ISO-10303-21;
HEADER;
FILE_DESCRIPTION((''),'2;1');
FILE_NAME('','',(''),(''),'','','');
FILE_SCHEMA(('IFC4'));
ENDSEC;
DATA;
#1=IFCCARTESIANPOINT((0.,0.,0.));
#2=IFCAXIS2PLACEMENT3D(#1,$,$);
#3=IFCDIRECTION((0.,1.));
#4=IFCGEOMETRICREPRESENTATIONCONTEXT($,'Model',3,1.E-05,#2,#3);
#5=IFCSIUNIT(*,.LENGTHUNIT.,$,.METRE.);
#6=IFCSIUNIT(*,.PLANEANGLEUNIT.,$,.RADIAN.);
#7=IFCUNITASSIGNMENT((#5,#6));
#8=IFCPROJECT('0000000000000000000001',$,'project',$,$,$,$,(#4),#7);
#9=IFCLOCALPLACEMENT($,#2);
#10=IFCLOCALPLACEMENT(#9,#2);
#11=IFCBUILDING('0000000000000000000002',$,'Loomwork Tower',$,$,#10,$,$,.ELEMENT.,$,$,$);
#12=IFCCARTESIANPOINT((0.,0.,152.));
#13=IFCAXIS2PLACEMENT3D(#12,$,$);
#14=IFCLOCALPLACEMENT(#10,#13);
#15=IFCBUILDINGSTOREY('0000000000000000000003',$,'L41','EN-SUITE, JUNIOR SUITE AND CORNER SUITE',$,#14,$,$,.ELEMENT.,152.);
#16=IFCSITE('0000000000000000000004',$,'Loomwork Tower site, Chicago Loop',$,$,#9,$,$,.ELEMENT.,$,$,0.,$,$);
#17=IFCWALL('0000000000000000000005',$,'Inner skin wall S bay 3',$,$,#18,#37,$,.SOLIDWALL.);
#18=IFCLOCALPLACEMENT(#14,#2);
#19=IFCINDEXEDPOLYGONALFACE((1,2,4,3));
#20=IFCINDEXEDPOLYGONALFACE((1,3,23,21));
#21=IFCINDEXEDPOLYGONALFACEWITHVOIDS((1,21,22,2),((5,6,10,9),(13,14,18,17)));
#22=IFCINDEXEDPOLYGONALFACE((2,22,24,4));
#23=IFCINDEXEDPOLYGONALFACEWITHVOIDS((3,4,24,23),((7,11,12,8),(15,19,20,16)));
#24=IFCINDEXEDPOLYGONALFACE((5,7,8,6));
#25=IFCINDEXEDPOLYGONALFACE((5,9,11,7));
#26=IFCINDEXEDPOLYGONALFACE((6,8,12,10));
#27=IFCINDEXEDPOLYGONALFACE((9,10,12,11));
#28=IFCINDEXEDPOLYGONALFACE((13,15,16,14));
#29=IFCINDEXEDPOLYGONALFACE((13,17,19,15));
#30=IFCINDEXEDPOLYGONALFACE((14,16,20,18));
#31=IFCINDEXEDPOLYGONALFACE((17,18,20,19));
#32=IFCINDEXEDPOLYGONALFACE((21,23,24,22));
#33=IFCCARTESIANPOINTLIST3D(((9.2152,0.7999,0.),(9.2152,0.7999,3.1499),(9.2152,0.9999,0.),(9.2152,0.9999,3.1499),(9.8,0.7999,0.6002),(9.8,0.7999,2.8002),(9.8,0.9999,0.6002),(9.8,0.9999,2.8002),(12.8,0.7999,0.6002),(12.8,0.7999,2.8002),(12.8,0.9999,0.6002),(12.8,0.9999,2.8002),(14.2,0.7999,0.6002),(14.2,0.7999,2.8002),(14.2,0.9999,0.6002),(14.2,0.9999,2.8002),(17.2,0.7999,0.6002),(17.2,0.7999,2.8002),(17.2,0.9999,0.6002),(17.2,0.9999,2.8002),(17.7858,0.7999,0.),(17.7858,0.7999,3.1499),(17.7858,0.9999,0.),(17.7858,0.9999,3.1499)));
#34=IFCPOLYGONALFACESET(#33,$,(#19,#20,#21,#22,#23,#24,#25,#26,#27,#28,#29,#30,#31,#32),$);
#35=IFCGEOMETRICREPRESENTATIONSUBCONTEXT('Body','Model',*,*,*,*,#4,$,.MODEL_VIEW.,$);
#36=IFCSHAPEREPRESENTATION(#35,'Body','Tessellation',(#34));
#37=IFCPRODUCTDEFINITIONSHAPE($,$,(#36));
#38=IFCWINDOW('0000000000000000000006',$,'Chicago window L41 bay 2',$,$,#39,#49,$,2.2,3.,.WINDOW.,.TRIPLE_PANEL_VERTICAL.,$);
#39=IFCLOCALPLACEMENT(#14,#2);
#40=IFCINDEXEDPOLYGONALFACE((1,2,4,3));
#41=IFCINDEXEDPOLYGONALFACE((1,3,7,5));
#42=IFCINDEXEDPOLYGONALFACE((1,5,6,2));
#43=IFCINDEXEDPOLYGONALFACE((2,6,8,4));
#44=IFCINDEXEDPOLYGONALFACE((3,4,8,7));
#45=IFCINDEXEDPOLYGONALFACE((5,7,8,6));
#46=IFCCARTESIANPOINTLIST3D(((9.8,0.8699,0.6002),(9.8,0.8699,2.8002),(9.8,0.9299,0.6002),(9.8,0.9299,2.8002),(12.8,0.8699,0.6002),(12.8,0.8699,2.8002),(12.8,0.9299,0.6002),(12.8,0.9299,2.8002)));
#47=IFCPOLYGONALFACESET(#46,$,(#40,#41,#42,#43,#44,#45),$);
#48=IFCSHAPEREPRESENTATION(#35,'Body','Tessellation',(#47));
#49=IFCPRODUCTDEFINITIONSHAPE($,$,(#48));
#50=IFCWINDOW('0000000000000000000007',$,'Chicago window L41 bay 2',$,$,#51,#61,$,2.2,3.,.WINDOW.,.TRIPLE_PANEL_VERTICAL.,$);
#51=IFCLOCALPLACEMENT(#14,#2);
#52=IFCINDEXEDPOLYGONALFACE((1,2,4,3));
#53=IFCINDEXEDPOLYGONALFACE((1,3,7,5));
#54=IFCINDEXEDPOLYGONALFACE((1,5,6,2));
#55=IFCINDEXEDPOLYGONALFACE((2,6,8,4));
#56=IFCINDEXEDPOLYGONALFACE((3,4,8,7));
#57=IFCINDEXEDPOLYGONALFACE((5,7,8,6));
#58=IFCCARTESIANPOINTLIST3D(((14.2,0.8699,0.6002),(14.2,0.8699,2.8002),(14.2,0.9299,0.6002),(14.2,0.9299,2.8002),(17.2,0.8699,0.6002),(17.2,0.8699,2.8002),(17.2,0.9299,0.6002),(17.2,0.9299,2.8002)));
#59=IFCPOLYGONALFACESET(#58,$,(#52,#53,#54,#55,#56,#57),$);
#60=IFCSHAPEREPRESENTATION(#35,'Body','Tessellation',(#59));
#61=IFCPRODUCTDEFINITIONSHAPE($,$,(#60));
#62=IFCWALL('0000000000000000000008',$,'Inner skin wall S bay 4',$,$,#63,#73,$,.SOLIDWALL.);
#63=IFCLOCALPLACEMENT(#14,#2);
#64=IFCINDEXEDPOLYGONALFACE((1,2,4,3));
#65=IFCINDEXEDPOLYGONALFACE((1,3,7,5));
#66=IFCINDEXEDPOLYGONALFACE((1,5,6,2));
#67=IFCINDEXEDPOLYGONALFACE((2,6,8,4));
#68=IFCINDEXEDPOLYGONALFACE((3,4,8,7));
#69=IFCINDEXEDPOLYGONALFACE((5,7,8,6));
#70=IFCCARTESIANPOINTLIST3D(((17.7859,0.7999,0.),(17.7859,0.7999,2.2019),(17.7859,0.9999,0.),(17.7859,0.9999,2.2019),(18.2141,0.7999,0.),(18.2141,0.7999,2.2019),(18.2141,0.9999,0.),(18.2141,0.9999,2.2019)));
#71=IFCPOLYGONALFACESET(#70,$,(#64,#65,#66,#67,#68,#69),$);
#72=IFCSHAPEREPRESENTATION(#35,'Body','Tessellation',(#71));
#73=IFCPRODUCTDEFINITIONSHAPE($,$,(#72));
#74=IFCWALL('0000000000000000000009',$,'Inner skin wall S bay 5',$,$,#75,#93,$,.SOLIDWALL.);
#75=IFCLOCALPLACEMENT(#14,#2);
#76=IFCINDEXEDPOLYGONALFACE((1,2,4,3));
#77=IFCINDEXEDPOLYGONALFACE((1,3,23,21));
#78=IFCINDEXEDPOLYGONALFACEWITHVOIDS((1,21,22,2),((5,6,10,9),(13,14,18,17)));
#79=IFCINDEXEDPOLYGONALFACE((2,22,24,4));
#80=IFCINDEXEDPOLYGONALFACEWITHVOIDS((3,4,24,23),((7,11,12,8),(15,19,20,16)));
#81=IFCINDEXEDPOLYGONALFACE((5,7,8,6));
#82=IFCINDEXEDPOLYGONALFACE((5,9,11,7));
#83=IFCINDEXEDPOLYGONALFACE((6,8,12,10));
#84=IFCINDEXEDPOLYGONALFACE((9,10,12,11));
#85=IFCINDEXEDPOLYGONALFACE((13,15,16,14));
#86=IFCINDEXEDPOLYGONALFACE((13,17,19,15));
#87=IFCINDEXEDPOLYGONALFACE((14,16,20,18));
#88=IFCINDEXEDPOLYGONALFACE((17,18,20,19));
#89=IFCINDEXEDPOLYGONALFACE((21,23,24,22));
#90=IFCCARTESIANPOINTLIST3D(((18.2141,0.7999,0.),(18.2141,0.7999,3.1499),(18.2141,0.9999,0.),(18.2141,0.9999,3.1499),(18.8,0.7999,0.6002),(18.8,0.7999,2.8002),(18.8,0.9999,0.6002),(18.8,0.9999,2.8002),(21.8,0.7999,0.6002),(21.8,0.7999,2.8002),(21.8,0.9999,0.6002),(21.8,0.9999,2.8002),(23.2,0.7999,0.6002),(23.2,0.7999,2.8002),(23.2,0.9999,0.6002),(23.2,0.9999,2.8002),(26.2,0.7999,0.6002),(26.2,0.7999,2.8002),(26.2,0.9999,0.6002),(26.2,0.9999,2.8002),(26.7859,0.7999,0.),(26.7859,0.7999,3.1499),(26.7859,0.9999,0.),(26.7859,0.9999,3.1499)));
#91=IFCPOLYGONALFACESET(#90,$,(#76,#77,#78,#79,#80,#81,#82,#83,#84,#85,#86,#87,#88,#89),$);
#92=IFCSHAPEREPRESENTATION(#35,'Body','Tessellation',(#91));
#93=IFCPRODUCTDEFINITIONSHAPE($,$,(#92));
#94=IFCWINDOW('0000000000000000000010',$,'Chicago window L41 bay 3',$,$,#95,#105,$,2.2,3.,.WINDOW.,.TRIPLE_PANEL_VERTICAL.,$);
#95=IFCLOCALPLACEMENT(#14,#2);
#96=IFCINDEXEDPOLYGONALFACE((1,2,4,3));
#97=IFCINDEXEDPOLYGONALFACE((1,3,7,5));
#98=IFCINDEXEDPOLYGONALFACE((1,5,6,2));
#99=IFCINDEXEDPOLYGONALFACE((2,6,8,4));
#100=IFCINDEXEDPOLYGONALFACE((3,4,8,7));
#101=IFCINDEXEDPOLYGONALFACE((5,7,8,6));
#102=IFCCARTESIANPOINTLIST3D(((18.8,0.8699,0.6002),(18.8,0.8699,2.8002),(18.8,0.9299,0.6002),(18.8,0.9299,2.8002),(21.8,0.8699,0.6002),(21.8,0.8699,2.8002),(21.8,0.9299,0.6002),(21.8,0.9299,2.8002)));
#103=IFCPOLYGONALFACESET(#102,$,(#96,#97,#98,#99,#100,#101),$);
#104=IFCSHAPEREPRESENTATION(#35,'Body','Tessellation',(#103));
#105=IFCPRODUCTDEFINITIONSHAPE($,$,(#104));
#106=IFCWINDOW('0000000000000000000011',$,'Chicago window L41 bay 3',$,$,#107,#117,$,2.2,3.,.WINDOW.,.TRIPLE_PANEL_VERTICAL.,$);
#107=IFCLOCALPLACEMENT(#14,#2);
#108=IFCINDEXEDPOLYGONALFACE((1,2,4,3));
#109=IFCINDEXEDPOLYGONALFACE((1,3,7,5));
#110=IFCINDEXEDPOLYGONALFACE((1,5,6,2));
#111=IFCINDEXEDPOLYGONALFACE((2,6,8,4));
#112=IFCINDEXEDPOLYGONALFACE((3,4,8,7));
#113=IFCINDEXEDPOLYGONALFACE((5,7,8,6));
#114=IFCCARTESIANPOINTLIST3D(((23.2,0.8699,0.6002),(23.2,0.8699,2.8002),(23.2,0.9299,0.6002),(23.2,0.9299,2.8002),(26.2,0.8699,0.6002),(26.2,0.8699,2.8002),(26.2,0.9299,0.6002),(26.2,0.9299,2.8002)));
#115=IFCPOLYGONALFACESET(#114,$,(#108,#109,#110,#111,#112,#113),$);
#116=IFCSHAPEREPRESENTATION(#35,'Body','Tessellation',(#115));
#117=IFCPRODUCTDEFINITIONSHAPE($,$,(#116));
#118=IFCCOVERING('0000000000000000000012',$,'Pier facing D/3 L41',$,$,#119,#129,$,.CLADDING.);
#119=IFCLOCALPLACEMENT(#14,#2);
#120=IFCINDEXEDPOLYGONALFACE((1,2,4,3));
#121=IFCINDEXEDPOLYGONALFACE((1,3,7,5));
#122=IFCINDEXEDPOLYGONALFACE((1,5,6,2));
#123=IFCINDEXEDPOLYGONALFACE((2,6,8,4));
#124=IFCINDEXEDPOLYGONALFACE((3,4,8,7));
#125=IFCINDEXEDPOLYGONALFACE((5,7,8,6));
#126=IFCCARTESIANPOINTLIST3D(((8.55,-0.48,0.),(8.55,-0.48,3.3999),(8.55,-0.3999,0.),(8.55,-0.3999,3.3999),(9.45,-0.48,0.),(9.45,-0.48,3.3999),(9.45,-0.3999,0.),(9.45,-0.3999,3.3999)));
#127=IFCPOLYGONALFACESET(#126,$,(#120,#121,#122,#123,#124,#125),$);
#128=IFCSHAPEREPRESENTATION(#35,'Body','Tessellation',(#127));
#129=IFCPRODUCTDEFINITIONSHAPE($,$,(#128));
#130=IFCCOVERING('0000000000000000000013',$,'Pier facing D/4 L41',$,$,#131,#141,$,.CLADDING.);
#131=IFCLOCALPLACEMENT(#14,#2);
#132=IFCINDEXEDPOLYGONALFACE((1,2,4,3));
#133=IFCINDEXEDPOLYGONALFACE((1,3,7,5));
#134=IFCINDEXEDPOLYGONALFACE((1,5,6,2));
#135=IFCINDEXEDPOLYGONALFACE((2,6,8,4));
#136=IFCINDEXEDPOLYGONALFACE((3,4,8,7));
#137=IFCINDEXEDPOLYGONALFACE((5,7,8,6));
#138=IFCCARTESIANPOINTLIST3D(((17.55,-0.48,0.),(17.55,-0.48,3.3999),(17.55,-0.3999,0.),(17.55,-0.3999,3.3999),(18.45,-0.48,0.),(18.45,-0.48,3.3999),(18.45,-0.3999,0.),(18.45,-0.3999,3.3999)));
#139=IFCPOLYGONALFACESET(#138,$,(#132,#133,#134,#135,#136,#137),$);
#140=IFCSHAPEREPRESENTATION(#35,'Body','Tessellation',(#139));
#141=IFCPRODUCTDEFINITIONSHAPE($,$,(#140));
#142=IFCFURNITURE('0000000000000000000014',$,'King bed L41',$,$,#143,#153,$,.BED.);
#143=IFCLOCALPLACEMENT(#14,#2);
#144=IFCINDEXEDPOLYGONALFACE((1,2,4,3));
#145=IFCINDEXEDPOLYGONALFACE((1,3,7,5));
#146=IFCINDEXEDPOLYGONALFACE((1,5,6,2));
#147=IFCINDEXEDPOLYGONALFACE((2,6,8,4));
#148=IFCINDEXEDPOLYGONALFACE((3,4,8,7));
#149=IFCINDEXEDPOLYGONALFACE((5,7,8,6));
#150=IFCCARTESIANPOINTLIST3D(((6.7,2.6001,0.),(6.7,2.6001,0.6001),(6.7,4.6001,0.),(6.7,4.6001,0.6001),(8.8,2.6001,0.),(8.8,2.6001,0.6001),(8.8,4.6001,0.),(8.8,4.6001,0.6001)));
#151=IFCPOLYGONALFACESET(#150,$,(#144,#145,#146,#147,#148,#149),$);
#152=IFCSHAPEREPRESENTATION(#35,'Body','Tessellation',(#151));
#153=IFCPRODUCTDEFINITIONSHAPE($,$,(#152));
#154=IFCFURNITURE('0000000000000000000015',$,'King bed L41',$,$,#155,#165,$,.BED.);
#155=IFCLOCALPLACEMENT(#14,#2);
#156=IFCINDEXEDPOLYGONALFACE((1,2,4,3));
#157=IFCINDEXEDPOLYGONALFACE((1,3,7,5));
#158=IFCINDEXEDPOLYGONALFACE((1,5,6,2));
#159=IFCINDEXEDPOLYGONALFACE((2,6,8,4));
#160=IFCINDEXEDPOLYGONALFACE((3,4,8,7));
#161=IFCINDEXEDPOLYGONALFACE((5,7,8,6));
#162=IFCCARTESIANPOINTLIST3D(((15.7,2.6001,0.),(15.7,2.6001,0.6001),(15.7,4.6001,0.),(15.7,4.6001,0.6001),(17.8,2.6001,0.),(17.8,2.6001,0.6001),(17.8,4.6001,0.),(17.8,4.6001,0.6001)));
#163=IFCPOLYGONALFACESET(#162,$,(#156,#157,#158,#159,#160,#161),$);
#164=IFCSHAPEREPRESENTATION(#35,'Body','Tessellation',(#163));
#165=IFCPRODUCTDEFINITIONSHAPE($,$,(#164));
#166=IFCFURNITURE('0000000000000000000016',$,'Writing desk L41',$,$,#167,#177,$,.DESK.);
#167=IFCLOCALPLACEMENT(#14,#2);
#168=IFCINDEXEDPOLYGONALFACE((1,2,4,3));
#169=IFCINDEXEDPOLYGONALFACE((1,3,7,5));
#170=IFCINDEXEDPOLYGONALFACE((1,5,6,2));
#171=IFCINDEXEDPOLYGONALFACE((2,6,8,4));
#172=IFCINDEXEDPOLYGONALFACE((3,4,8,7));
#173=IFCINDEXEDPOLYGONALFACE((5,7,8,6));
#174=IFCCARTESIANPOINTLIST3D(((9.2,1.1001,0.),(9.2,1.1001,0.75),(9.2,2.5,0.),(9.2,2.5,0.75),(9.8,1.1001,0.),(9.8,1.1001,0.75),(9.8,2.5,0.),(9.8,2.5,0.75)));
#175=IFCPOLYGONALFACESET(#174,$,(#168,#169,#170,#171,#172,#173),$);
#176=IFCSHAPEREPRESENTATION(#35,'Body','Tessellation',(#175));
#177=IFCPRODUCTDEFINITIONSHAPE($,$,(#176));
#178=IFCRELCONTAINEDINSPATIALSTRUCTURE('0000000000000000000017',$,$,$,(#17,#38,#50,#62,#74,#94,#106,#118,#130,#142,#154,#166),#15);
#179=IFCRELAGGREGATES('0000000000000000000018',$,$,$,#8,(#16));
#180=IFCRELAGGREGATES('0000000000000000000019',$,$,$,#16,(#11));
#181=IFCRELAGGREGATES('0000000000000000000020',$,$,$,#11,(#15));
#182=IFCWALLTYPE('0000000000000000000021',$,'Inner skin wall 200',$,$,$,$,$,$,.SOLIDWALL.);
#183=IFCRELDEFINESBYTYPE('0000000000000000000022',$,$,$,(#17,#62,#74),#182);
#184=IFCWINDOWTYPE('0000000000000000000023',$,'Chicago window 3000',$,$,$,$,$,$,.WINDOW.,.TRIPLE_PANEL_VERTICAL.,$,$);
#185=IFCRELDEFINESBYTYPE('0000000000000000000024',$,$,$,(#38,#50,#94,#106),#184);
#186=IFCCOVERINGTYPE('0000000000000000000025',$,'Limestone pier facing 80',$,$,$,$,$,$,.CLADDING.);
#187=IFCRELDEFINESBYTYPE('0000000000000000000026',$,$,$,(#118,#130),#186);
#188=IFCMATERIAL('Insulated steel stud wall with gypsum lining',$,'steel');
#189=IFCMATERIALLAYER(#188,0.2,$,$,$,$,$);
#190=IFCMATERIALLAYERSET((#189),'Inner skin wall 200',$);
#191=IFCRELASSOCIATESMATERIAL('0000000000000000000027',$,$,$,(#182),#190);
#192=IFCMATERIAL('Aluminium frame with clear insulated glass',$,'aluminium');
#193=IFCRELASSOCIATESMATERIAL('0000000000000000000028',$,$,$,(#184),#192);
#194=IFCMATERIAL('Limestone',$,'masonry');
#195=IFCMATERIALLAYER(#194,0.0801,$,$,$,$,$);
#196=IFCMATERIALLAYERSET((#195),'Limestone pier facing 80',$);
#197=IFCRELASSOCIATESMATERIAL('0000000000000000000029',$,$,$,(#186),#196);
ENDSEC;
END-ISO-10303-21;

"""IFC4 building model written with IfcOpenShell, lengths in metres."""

from ifc_helpers import new_model, si_unit, direction, frame, frame_2d, origin, origin_2d, place, context, subcontext, project, spatial, rectangle, extrude, material, layer, layer_set, type_object, element, fill, save


model = new_model("IFC4")

# Units and contexts
model_context = context("Model", 3, precision=1e-05, world=origin(), true_north=direction((0.0, 1.0)))
body_context = subcontext(model_context, "Body", "Model", "MODEL_VIEW")
ifc_project = project(units=[si_unit("LENGTHUNIT", "METRE"), si_unit("PLANEANGLEUNIT", "RADIAN")], contexts=[model_context])

# Site, building, storey
site_placement = place(None, origin())
site = spatial("IfcSite", under=ifc_project, at=site_placement, Name="Loomwork Tower site, Chicago Loop", CompositionType="ELEMENT", RefElevation=0.0)
building_placement = place(site_placement, origin())
building = spatial("IfcBuilding", under=site, at=building_placement, Name="Loomwork Tower", CompositionType="ELEMENT")
storey_placement = place(building_placement, frame((0.0, 0.0, 152.0)))
storey = spatial("IfcBuildingStorey", under=building, at=storey_placement, Name="L41", Description="EN-SUITE, JUNIOR SUITE AND CORNER SUITE", CompositionType="ELEMENT", Elevation=152.0)

# Shared definitions
ifc_material_1 = material(Name="Insulated steel stud wall with gypsum lining", Category="steel")
ifc_layer_1 = layer(ifc_material_1, 0.2)
ifc_layer_set_1 = layer_set([ifc_layer_1], Name="Inner skin wall 200")
wall_type_1 = type_object("IfcWallType", Name="Inner skin wall 200", PredefinedType="SOLIDWALL", material=ifc_layer_set_1)

# Wall, openings, windows
wall_1_placement = place(storey_placement, frame((9.2153, 0.8999, 0.0), z_axis=(0.0, 0.0, 1.0), x_axis=(1.0, 0.0, 0.0)))
wall_1 = element("IfcWall", 1, at=wall_1_placement, inside=storey, type_object=wall_type_1, Name="Inner skin wall S bay 3", PredefinedType="SOLIDWALL", context=body_context, shape_type="SweptSolid", body=[
    extrude(rectangle(XDim=8.5706, YDim=0.2, at=frame_2d((4.2852, 0.0))), origin(), (0.0, 0.0, 1.0), 3.1499),
])
opening_1_placement = place(wall_1_placement, frame((0.5847, 0.0, 0.6001)))
opening_1 = element("IfcOpeningElement", 2, at=opening_1_placement, cuts=wall_1, PredefinedType="OPENING", context=body_context, shape_type="SweptSolid", body=[
    extrude(rectangle(XDim=3.0, YDim=2.2, at=frame_2d((1.5, 1.1001))), frame((0.0, 0.1099, 0.0), z_axis=(0.0, -1.0, 0.0), x_axis=(1.0, 0.0, 0.0)), (0.0, 0.0, 1.0), 0.22),
])
opening_2_placement = place(wall_1_placement, frame((4.9846, 0.0, 0.6001)))
opening_2 = element("IfcOpeningElement", 3, at=opening_2_placement, cuts=wall_1, PredefinedType="OPENING", context=body_context, shape_type="SweptSolid", body=[
    extrude(rectangle(XDim=3.0, YDim=2.2, at=frame_2d((1.5, 1.1001))), frame((0.0, 0.1099, 0.0), z_axis=(0.0, -1.0, 0.0), x_axis=(1.0, 0.0, 0.0)), (0.0, 0.0, 1.0), 0.22),
])
ifc_material_2 = material(Name="Aluminium frame with clear insulated glass", Category="aluminium")
window_type = type_object("IfcWindowType", Name="Chicago window 3000", PartitioningType="TRIPLE_PANEL_VERTICAL", PredefinedType="WINDOW", material=ifc_material_2)
window_1_placement = place(opening_1_placement, origin())
window_1 = element("IfcWindow", 4, at=window_1_placement, inside=storey, type_object=window_type, Name="Chicago window L41 bay 2", OverallHeight=2.2, OverallWidth=3.0, PartitioningType="TRIPLE_PANEL_VERTICAL", PredefinedType="WINDOW", context=body_context, shape_type="SweptSolid", body=[
    extrude(rectangle(XDim=3.0, YDim=2.2, at=frame_2d((1.5, 1.1001))), frame((0.0, 0.03, 0.0), z_axis=(0.0, -1.0, 0.0), x_axis=(1.0, 0.0, 0.0)), (0.0, 0.0, 1.0), 0.0601),
])
fill(opening_1, window_1)
window_2_placement = place(opening_2_placement, origin())
window_2 = element("IfcWindow", 5, at=window_2_placement, inside=storey, type_object=window_type, Name="Chicago window L41 bay 2", OverallHeight=2.2, OverallWidth=3.0, PartitioningType="TRIPLE_PANEL_VERTICAL", PredefinedType="WINDOW", context=body_context, shape_type="SweptSolid", body=[
    extrude(rectangle(XDim=3.0, YDim=2.2, at=frame_2d((1.5, 1.1001))), frame((0.0, 0.03, 0.0), z_axis=(0.0, -1.0, 0.0), x_axis=(1.0, 0.0, 0.0)), (0.0, 0.0, 1.0), 0.0601),
])
fill(opening_2, window_2)

# Wall
wall_2_placement = place(storey_placement, frame((17.7859, 0.8999, 0.0), z_axis=(0.0, 0.0, 1.0), x_axis=(1.0, 0.0, 0.0)))
element("IfcWall", 6, at=wall_2_placement, inside=storey, type_object=wall_type_1, Name="Inner skin wall S bay 4", PredefinedType="SOLIDWALL", context=body_context, shape_type="SweptSolid", body=[
    extrude(rectangle(XDim=0.4282, YDim=0.2, at=frame_2d((0.2141, 0.0))), origin(), (0.0, 0.0, 1.0), 2.2019),
])

# Wall, openings, windows
wall_3_placement = place(storey_placement, frame((18.2141, 0.8999, 0.0), z_axis=(0.0, 0.0, 1.0), x_axis=(1.0, 0.0, 0.0)))
wall_3 = element("IfcWall", 7, at=wall_3_placement, inside=storey, type_object=wall_type_1, Name="Inner skin wall S bay 5", PredefinedType="SOLIDWALL", context=body_context, shape_type="SweptSolid", body=[
    extrude(rectangle(XDim=8.5718, YDim=0.2, at=frame_2d((4.2859, 0.0))), origin(), (0.0, 0.0, 1.0), 3.1499),
])
opening_3_placement = place(wall_3_placement, frame((0.5859, 0.0, 0.6001)))
opening_3 = element("IfcOpeningElement", 8, at=opening_3_placement, cuts=wall_3, PredefinedType="OPENING", context=body_context, shape_type="SweptSolid", body=[
    extrude(rectangle(XDim=3.0, YDim=2.2, at=frame_2d((1.5, 1.1001))), frame((0.0, 0.1099, 0.0), z_axis=(0.0, -1.0, 0.0), x_axis=(1.0, 0.0, 0.0)), (0.0, 0.0, 1.0), 0.22),
])
opening_4_placement = place(wall_3_placement, frame((4.9858, 0.0, 0.6001)))
opening_4 = element("IfcOpeningElement", 9, at=opening_4_placement, cuts=wall_3, PredefinedType="OPENING", context=body_context, shape_type="SweptSolid", body=[
    extrude(rectangle(XDim=3.0, YDim=2.2, at=frame_2d((1.5, 1.1001))), frame((0.0, 0.1099, 0.0), z_axis=(0.0, -1.0, 0.0), x_axis=(1.0, 0.0, 0.0)), (0.0, 0.0, 1.0), 0.22),
])
window_3_placement = place(opening_3_placement, origin())
window_3 = element("IfcWindow", 10, at=window_3_placement, inside=storey, type_object=window_type, Name="Chicago window L41 bay 3", OverallHeight=2.2, OverallWidth=3.0, PartitioningType="TRIPLE_PANEL_VERTICAL", PredefinedType="WINDOW", context=body_context, shape_type="SweptSolid", body=[
    extrude(rectangle(XDim=3.0, YDim=2.2, at=frame_2d((1.5, 1.1001))), frame((0.0, 0.03, 0.0), z_axis=(0.0, -1.0, 0.0), x_axis=(1.0, 0.0, 0.0)), (0.0, 0.0, 1.0), 0.0601),
])
fill(opening_3, window_3)
window_4_placement = place(opening_4_placement, origin())
window_4 = element("IfcWindow", 11, at=window_4_placement, inside=storey, type_object=window_type, Name="Chicago window L41 bay 3", OverallHeight=2.2, OverallWidth=3.0, PartitioningType="TRIPLE_PANEL_VERTICAL", PredefinedType="WINDOW", context=body_context, shape_type="SweptSolid", body=[
    extrude(rectangle(XDim=3.0, YDim=2.2, at=frame_2d((1.5, 1.1001))), frame((0.0, 0.03, 0.0), z_axis=(0.0, -1.0, 0.0), x_axis=(1.0, 0.0, 0.0)), (0.0, 0.0, 1.0), 0.0601),
])
fill(opening_4, window_4)

# Coverings
ifc_material_3 = material(Name="Limestone", Category="masonry")
ifc_layer_2 = layer(ifc_material_3, 0.0801)
ifc_layer_set_2 = layer_set([ifc_layer_2], Name="Limestone pier facing 80")
covering_type = type_object("IfcCoveringType", Name="Limestone pier facing 80", PredefinedType="CLADDING", material=ifc_layer_set_2)
for number, where, z_axis, x_axis, name in (
    (12, (9.0, -0.4399, 0.0), (0.0, 0.0, 1.0), (1.0, 0.0, 0.0), "Pier facing D/3 L41"),
    (13, (18.0, -0.4399, 0.0), (0.0, 0.0, 1.0), (1.0, 0.0, 0.0), "Pier facing D/4 L41"),
):
    element("IfcCovering", number, at=place(storey_placement, frame(where, z_axis=z_axis, x_axis=x_axis)), inside=storey, type_object=covering_type, Name=name, PredefinedType="CLADDING", context=body_context, shape_type="SweptSolid", body=[
        extrude(rectangle(XDim=0.8999, YDim=0.0801, at=origin_2d()), origin(), (0.0, 0.0, 1.0), 3.3999),
    ])

# Furniture
for number, where, z_axis, x_axis, name in (
    (14, (7.75, 3.6001, 0.0), (0.0, 0.0, 1.0), (1.0, 0.0, 0.0), "King bed L41"),
    (15, (16.75, 3.6001, 0.0), (0.0, 0.0, 1.0), (1.0, 0.0, 0.0), "King bed L41"),
):
    element("IfcFurniture", number, at=place(storey_placement, frame(where, z_axis=z_axis, x_axis=x_axis)), inside=storey, Name=name, PredefinedType="BED", context=body_context, shape_type="SweptSolid", body=[
        extrude(rectangle(XDim=2.1001, YDim=2.0, at=origin_2d()), origin(), (0.0, 0.0, 1.0), 0.6001),
    ])
furniture_1_placement = place(storey_placement, frame((9.5, 1.8, 0.0), z_axis=(0.0, 0.0, 1.0), x_axis=(1.0, 0.0, 0.0)))
element("IfcFurniture", 16, at=furniture_1_placement, inside=storey, Name="Writing desk L41", PredefinedType="DESK", context=body_context, shape_type="SweptSolid", body=[
    extrude(rectangle(XDim=0.6001, YDim=1.3999, at=origin_2d()), origin(), (0.0, 0.0, 1.0), 0.75),
])

save(model, "model.ifc")
